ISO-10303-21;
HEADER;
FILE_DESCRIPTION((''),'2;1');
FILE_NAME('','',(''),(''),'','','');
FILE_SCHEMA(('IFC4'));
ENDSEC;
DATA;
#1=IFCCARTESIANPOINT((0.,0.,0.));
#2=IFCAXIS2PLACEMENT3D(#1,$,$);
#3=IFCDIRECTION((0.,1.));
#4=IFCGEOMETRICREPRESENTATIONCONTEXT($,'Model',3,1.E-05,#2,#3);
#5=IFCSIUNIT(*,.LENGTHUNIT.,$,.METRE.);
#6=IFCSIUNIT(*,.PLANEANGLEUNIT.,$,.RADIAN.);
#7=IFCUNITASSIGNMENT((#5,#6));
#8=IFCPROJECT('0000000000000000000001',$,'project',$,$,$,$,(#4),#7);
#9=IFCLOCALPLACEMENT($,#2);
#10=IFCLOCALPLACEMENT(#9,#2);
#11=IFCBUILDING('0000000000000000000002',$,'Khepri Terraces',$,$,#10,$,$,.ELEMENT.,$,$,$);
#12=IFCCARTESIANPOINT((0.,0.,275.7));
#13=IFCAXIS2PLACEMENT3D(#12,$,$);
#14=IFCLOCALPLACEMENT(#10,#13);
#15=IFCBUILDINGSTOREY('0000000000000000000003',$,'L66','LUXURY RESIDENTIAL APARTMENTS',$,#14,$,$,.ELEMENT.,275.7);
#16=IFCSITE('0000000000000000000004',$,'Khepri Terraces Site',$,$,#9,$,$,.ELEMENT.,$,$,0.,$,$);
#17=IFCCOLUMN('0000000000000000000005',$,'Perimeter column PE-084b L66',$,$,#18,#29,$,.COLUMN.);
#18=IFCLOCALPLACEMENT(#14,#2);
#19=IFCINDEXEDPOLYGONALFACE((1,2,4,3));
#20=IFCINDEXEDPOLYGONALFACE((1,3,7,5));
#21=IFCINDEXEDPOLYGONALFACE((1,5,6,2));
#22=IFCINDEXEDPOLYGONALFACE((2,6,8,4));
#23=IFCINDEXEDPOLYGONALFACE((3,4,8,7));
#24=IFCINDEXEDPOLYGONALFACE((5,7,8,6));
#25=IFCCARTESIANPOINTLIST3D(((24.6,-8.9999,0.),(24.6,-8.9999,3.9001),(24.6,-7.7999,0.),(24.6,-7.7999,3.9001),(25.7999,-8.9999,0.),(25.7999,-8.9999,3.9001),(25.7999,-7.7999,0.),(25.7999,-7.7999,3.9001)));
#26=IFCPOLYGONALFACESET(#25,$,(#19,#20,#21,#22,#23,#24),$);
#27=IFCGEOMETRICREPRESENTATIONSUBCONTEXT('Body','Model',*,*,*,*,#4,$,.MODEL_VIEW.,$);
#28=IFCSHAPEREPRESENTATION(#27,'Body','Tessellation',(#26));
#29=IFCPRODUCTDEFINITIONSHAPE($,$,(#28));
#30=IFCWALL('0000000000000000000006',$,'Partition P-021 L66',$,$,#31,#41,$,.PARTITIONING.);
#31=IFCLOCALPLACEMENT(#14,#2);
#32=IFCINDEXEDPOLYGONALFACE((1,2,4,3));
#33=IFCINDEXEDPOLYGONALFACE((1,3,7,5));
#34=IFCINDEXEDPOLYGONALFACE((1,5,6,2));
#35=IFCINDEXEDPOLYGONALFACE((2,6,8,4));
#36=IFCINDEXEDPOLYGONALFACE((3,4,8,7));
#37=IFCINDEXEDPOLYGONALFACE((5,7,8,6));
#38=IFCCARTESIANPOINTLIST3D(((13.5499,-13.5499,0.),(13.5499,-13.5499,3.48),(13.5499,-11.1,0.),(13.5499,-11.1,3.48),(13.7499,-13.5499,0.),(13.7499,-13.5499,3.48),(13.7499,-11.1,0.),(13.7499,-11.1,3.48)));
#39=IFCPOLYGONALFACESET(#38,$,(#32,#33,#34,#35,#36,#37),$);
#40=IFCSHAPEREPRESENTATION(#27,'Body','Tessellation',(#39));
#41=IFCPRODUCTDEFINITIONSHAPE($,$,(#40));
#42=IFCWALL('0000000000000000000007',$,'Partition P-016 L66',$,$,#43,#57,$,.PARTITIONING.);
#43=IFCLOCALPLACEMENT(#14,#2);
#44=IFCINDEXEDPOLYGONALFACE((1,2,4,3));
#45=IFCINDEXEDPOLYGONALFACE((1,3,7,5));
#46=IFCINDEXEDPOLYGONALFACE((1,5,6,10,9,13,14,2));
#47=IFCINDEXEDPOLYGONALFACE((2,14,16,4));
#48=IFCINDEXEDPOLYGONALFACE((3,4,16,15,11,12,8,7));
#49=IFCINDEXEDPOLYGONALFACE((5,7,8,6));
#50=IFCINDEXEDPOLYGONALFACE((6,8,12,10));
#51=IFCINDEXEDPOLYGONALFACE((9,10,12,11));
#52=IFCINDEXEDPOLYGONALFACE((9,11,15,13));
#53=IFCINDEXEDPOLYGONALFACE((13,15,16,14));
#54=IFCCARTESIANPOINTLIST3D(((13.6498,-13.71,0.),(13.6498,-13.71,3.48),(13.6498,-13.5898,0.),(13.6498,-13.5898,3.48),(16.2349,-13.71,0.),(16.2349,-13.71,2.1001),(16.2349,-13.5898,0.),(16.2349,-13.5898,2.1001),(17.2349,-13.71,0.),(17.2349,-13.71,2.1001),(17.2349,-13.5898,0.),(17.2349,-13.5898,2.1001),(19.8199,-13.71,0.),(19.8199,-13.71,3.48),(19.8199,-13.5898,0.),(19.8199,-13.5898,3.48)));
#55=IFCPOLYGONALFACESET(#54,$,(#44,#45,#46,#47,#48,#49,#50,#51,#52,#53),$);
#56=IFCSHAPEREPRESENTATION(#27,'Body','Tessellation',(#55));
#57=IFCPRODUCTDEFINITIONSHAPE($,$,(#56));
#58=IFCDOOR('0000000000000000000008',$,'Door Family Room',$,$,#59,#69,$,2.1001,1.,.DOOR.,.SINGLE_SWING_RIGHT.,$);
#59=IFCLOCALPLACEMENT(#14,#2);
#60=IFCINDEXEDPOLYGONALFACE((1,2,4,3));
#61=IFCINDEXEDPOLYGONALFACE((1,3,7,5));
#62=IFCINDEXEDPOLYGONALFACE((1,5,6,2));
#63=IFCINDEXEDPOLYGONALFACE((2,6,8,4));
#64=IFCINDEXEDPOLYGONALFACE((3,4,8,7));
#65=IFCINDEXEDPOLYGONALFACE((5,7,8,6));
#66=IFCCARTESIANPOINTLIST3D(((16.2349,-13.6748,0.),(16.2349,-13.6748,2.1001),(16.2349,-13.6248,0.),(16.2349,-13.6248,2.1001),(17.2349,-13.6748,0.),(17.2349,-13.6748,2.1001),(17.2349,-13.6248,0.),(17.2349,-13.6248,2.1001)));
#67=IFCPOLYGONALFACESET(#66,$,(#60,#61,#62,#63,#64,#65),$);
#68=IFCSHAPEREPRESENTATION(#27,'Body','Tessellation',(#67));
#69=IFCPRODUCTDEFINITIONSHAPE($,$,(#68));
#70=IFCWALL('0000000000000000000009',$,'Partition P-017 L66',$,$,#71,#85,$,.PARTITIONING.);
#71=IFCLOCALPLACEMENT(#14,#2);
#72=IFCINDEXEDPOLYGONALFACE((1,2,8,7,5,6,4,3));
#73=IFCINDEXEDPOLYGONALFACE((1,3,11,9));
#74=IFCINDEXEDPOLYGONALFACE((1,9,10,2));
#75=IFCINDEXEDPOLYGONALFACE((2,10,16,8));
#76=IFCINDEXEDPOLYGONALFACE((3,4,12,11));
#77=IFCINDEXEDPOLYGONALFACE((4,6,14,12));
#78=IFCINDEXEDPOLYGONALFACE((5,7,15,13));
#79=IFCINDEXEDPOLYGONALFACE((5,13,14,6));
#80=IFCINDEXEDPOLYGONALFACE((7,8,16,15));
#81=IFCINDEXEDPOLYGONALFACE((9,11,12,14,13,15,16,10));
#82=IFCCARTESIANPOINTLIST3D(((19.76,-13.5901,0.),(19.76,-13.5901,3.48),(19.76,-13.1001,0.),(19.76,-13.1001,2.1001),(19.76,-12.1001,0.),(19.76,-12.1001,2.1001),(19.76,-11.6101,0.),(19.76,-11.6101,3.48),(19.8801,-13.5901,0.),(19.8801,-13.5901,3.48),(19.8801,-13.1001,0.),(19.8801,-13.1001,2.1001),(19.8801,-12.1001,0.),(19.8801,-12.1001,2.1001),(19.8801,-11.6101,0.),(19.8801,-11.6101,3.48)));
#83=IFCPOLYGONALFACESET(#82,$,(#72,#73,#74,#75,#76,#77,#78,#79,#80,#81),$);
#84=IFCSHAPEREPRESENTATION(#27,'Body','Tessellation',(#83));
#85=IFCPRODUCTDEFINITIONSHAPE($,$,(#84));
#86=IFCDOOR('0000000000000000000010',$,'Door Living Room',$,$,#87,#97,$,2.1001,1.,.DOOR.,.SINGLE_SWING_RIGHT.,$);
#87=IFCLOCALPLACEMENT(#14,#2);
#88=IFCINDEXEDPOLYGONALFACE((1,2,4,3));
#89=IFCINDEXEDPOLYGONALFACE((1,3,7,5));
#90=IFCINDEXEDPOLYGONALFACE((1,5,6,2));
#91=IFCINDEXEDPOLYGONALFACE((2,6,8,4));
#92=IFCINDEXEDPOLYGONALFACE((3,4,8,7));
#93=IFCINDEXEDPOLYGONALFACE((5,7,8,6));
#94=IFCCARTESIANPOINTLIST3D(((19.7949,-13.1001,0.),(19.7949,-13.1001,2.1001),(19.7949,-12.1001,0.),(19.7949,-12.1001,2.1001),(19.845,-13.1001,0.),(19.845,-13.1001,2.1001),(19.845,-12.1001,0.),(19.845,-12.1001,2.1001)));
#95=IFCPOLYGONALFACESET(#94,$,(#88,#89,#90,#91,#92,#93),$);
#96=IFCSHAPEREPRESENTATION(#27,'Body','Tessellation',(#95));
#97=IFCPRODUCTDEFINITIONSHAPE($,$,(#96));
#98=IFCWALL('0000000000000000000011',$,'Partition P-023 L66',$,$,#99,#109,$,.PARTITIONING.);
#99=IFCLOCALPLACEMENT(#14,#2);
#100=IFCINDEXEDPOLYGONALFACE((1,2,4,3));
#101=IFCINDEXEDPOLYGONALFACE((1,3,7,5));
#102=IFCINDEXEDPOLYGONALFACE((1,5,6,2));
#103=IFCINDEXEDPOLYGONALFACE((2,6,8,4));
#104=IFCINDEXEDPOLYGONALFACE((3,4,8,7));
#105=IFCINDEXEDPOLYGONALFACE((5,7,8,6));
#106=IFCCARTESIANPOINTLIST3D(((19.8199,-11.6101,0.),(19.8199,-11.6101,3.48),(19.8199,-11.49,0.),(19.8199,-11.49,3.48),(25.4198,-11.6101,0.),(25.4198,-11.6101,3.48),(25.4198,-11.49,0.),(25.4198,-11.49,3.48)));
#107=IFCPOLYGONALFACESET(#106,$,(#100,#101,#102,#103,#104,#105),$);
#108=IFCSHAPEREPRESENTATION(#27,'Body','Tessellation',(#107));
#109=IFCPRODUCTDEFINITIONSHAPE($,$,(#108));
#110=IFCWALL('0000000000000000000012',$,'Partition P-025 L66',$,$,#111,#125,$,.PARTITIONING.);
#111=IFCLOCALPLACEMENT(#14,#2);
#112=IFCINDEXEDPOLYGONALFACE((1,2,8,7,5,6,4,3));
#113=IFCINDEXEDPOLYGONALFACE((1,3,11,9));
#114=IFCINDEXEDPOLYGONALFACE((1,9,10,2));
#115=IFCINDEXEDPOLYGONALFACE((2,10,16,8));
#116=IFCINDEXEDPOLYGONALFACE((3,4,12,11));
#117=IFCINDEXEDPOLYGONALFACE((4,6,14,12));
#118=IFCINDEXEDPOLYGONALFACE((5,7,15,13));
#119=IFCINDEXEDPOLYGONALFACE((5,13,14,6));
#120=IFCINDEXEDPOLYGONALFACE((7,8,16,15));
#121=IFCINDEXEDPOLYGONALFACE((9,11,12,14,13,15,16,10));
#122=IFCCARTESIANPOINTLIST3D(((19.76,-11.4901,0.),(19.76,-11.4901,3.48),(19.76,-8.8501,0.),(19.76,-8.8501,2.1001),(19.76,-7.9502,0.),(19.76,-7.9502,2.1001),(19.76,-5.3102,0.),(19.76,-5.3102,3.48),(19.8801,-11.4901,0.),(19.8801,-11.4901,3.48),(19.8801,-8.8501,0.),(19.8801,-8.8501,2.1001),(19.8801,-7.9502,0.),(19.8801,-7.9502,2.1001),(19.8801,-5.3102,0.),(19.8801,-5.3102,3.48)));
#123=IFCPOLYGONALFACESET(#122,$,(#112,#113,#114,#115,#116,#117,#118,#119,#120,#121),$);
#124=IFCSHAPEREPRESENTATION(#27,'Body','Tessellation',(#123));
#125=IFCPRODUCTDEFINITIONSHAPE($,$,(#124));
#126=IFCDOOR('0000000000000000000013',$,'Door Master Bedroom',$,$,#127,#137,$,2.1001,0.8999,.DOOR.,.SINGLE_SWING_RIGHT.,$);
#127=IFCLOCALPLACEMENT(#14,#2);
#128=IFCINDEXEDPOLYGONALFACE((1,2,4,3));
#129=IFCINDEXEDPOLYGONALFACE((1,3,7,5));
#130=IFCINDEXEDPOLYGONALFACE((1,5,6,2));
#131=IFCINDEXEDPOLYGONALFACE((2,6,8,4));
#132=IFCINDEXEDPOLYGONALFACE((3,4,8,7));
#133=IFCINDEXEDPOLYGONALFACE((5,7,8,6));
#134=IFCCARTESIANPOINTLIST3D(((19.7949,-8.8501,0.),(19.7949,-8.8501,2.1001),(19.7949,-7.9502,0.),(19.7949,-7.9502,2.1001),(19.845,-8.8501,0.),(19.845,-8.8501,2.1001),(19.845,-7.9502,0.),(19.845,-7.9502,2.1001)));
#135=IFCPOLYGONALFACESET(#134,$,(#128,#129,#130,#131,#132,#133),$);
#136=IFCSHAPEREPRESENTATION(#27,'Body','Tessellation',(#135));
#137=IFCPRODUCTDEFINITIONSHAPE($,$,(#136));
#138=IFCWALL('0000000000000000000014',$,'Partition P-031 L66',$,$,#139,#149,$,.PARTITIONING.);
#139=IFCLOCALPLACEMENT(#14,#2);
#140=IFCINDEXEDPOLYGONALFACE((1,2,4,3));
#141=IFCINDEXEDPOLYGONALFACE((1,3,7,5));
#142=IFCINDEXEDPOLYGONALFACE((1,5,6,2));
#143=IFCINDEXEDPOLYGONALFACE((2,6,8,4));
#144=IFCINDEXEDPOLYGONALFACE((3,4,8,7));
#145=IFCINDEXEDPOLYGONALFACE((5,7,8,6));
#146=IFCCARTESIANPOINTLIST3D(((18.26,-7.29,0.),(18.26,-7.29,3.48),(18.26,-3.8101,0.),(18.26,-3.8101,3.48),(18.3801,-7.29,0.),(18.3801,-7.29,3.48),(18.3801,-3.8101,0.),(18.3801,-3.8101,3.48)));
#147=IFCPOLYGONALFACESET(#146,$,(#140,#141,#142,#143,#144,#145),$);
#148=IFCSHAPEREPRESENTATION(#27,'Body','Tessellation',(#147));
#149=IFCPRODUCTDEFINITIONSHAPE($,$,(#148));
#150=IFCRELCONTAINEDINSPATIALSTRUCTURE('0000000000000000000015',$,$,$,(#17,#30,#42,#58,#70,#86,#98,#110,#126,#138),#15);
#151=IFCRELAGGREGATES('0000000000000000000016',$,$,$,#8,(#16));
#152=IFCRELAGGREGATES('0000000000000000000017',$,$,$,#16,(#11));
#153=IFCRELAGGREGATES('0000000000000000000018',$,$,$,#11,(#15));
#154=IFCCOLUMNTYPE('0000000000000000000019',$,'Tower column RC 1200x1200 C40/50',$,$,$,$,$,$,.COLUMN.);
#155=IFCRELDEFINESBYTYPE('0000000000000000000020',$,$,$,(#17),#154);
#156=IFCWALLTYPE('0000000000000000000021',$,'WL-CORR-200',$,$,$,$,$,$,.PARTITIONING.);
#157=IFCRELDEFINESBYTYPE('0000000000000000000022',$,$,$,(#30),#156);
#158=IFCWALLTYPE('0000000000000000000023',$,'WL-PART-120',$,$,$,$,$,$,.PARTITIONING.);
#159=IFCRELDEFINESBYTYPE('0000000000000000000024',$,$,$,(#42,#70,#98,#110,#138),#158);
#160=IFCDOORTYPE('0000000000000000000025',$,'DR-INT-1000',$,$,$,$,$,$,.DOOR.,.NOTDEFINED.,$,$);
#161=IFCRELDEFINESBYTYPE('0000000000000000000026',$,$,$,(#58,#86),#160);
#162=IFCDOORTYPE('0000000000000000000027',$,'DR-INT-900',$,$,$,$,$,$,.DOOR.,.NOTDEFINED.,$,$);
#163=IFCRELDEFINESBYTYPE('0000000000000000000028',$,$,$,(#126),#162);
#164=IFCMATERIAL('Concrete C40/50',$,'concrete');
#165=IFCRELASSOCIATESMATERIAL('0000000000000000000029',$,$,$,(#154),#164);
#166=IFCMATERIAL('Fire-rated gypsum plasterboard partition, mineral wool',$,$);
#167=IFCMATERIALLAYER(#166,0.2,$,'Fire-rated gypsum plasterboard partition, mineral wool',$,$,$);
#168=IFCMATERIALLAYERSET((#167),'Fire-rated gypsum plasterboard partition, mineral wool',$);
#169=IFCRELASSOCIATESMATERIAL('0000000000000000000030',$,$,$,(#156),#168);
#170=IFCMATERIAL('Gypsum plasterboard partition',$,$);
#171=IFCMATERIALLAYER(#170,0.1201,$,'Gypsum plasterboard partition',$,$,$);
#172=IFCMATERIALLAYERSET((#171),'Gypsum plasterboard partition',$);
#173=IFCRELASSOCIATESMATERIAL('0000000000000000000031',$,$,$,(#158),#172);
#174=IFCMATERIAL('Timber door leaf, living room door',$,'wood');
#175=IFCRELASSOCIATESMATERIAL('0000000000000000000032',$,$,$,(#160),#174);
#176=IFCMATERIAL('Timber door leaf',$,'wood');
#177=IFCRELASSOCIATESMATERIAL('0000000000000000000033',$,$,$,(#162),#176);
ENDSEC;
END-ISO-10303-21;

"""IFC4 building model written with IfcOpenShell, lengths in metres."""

from ifc_helpers import new_model, si_unit, direction, frame, frame_2d, origin, origin_2d, place, context, subcontext, project, spatial, rectangle, extrude, material, layer, layer_set, material_profile, profile_set, type_object, element, fill, save


model = new_model("IFC4")

# Units and contexts
model_context = context("Model", 3, precision=1e-05, world=origin(), true_north=direction((0.0, 1.0)))
body_context = subcontext(model_context, "Body", "Model", "MODEL_VIEW")
ifc_project = project(units=[si_unit("LENGTHUNIT", "METRE"), si_unit("PLANEANGLEUNIT", "RADIAN")], contexts=[model_context])

# Site, building, storey
site_placement = place(None, origin())
site = spatial("IfcSite", under=ifc_project, at=site_placement, Name="Khepri Terraces Site", CompositionType="ELEMENT", RefElevation=0.0)
building_placement = place(site_placement, origin())
building = spatial("IfcBuilding", under=site, at=building_placement, Name="Khepri Terraces", CompositionType="ELEMENT")
storey_placement = place(building_placement, frame((0.0, 0.0, 275.7)))
storey = spatial("IfcBuildingStorey", under=building, at=storey_placement, Name="L66", Description="LUXURY RESIDENTIAL APARTMENTS", CompositionType="ELEMENT", Elevation=275.7)

# Column
ifc_material_1 = material(Name="Concrete C40/50", Category="concrete")
ifc_material_profile = material_profile(ifc_material_1, rectangle(XDim=1.2, YDim=1.2, at=origin_2d()), Name="Concrete C40/50", Category="concrete")
ifc_profile_set = profile_set([ifc_material_profile], Name="Concrete C40/50")
column_type = type_object("IfcColumnType", Name="Tower column RC 1200x1200 C40/50", PredefinedType="COLUMN", material=ifc_profile_set)
column_placement = place(storey_placement, frame((25.2, -8.3999, 0.0), z_axis=(0.0, 0.0, 1.0), x_axis=(1.0, 0.0, 0.0)))
element("IfcColumn", 1, at=column_placement, inside=storey, type_object=column_type, Name="Perimeter column PE-084b L66", PredefinedType="COLUMN", context=body_context, shape_type="SweptSolid", body=[
    extrude(rectangle(XDim=1.2, YDim=1.2, at=origin_2d()), origin(), (0.0, 0.0, 1.0), 3.9001),
])

# Wall
ifc_material_2 = material(Name="Fire-rated gypsum plasterboard partition, mineral wool")
ifc_layer_1 = layer(ifc_material_2, 0.2, Name="Fire-rated gypsum plasterboard partition, mineral wool")
ifc_layer_set_1 = layer_set([ifc_layer_1], Name="Fire-rated gypsum plasterboard partition, mineral wool")
wall_type_1 = type_object("IfcWallType", Name="WL-CORR-200", PredefinedType="PARTITIONING", material=ifc_layer_set_1)
wall_1_placement = place(storey_placement, frame((13.6499, -13.55, 0.0), z_axis=(0.0, 0.0, 1.0), x_axis=(0.0, 1.0, 0.0)))
element("IfcWall", 2, at=wall_1_placement, inside=storey, type_object=wall_type_1, Name="Partition P-021 L66", PredefinedType="PARTITIONING", context=body_context, shape_type="SweptSolid", body=[
    extrude(rectangle(XDim=2.45, YDim=0.2, at=frame_2d((1.2251, 0.0))), origin(), (0.0, 0.0, 1.0), 3.48),
])

# Walls, openings, doors
ifc_material_3 = material(Name="Gypsum plasterboard partition")
ifc_layer_2 = layer(ifc_material_3, 0.1201, Name="Gypsum plasterboard partition")
ifc_layer_set_2 = layer_set([ifc_layer_2], Name="Gypsum plasterboard partition")
wall_type_2 = type_object("IfcWallType", Name="WL-PART-120", PredefinedType="PARTITIONING", material=ifc_layer_set_2)
wall_2_placement = place(storey_placement, frame((13.6499, -13.6499, 0.0), z_axis=(0.0, 0.0, 1.0), x_axis=(1.0, 0.0, 0.0)))
wall_2 = element("IfcWall", 3, at=wall_2_placement, inside=storey, type_object=wall_type_2, Name="Partition P-016 L66", PredefinedType="PARTITIONING", context=body_context, shape_type="SweptSolid", body=[
    extrude(rectangle(XDim=6.1702, YDim=0.1201, at=frame_2d((3.085, 0.0))), origin(), (0.0, 0.0, 1.0), 3.48),
])
opening_1_placement = place(wall_2_placement, frame((2.585, 0.0, 0.0)))
opening_1 = element("IfcOpeningElement", 4, at=opening_1_placement, cuts=wall_2, PredefinedType="OPENING", context=body_context, shape_type="SweptSolid", body=[
    extrude(rectangle(XDim=1.0, YDim=2.1001, at=frame_2d((0.5, 1.05))), frame((0.0, 0.0701, 0.0), z_axis=(0.0, -1.0, 0.0), x_axis=(1.0, 0.0, 0.0)), (0.0, 0.0, 1.0), 0.1401),
])
ifc_material_4 = material(Name="Timber door leaf, living room door", Category="wood")
door_type_1 = type_object("IfcDoorType", Name="DR-INT-1000", OperationType="NOTDEFINED", PredefinedType="DOOR", material=ifc_material_4)
door_1_placement = place(opening_1_placement, frame((1.0, 0.0, 0.0), z_axis=(0.0, 0.0, 1.0), x_axis=(-1.0, 0.0, 0.0)))
door_1 = element("IfcDoor", 5, at=door_1_placement, inside=storey, type_object=door_type_1, Name="Door Family Room", OperationType="SINGLE_SWING_RIGHT", OverallHeight=2.1001, OverallWidth=1.0, PredefinedType="DOOR", context=body_context, shape_type="SweptSolid", body=[
    extrude(rectangle(XDim=1.0, YDim=2.1001, at=frame_2d((0.5, 1.05))), frame((0.0, 0.0249, 0.0), z_axis=(0.0, -1.0, 0.0), x_axis=(1.0, 0.0, 0.0)), (0.0, 0.0, 1.0), 0.05),
])
fill(opening_1, door_1)
wall_3_placement = place(storey_placement, frame((19.8201, -13.5901, 0.0), z_axis=(0.0, 0.0, 1.0), x_axis=(0.0, 1.0, 0.0)))
wall_3 = element("IfcWall", 6, at=wall_3_placement, inside=storey, type_object=wall_type_2, Name="Partition P-017 L66", PredefinedType="PARTITIONING", context=body_context, shape_type="SweptSolid", body=[
    extrude(rectangle(XDim=1.98, YDim=0.1201, at=frame_2d((0.99, 0.0))), origin(), (0.0, 0.0, 1.0), 3.48),
])
opening_2_placement = place(wall_3_placement, frame((0.49, 0.0, 0.0)))
opening_2 = element("IfcOpeningElement", 7, at=opening_2_placement, cuts=wall_3, PredefinedType="OPENING", context=body_context, shape_type="SweptSolid", body=[
    extrude(rectangle(XDim=1.0, YDim=2.1001, at=frame_2d((0.5, 1.05))), frame((0.0, 0.0701, 0.0), z_axis=(0.0, -1.0, 0.0), x_axis=(1.0, 0.0, 0.0)), (0.0, 0.0, 1.0), 0.1401),
])
door_2_placement = place(opening_2_placement, frame((1.0, 0.0, 0.0), z_axis=(0.0, 0.0, 1.0), x_axis=(-1.0, 0.0, 0.0)))
door_2 = element("IfcDoor", 8, at=door_2_placement, inside=storey, type_object=door_type_1, Name="Door Living Room", OperationType="SINGLE_SWING_RIGHT", OverallHeight=2.1001, OverallWidth=1.0, PredefinedType="DOOR", context=body_context, shape_type="SweptSolid", body=[
    extrude(rectangle(XDim=1.0, YDim=2.1001, at=frame_2d((0.5, 1.05))), frame((0.0, 0.0249, 0.0), z_axis=(0.0, -1.0, 0.0), x_axis=(1.0, 0.0, 0.0)), (0.0, 0.0, 1.0), 0.05),
])
fill(opening_2, door_2)

# Wall
wall_4_placement = place(storey_placement, frame((19.8201, -11.55, 0.0), z_axis=(0.0, 0.0, 1.0), x_axis=(1.0, 0.0, 0.0)))
element("IfcWall", 9, at=wall_4_placement, inside=storey, type_object=wall_type_2, Name="Partition P-023 L66", PredefinedType="PARTITIONING", context=body_context, shape_type="SweptSolid", body=[
    extrude(rectangle(XDim=5.5999, YDim=0.1201, at=frame_2d((2.7998, 0.0))), origin(), (0.0, 0.0, 1.0), 3.48),
])

# Wall, opening, door
wall_5_placement = place(storey_placement, frame((19.8201, -11.49, 0.0), z_axis=(0.0, 0.0, 1.0), x_axis=(0.0, 1.0, 0.0)))
wall_5 = element("IfcWall", 10, at=wall_5_placement, inside=storey, type_object=wall_type_2, Name="Partition P-025 L66", PredefinedType="PARTITIONING", context=body_context, shape_type="SweptSolid", body=[
    extrude(rectangle(XDim=6.1799, YDim=0.1201, at=frame_2d((3.0898, 0.0))), origin(), (0.0, 0.0, 1.0), 3.48),
])
opening_3_placement = place(wall_5_placement, frame((2.6399, 0.0, 0.0)))
opening_3 = element("IfcOpeningElement", 11, at=opening_3_placement, cuts=wall_5, PredefinedType="OPENING", context=body_context, shape_type="SweptSolid", body=[
    extrude(rectangle(XDim=0.8999, YDim=2.1001, at=frame_2d((0.45, 1.05))), frame((0.0, 0.0701, 0.0), z_axis=(0.0, -1.0, 0.0), x_axis=(1.0, 0.0, 0.0)), (0.0, 0.0, 1.0), 0.1401),
])
ifc_material_5 = material(Name="Timber door leaf", Category="wood")
door_type_2 = type_object("IfcDoorType", Name="DR-INT-900", OperationType="NOTDEFINED", PredefinedType="DOOR", material=ifc_material_5)
door_3_placement = place(opening_3_placement, frame((0.8999, 0.0, 0.0), z_axis=(0.0, 0.0, 1.0), x_axis=(-1.0, 0.0, 0.0)))
door_3 = element("IfcDoor", 12, at=door_3_placement, inside=storey, type_object=door_type_2, Name="Door Master Bedroom", OperationType="SINGLE_SWING_RIGHT", OverallHeight=2.1001, OverallWidth=0.8999, PredefinedType="DOOR", context=body_context, shape_type="SweptSolid", body=[
    extrude(rectangle(XDim=0.8999, YDim=2.1001, at=frame_2d((0.45, 1.05))), frame((0.0, 0.0249, 0.0), z_axis=(0.0, -1.0, 0.0), x_axis=(1.0, 0.0, 0.0)), (0.0, 0.0, 1.0), 0.05),
])
fill(opening_3, door_3)

# Wall
wall_6_placement = place(storey_placement, frame((18.3201, -7.29, 0.0), z_axis=(0.0, 0.0, 1.0), x_axis=(0.0, 1.0, 0.0)))
element("IfcWall", 13, at=wall_6_placement, inside=storey, type_object=wall_type_2, Name="Partition P-031 L66", PredefinedType="PARTITIONING", context=body_context, shape_type="SweptSolid", body=[
    extrude(rectangle(XDim=3.48, YDim=0.1201, at=frame_2d((1.74, 0.0))), origin(), (0.0, 0.0, 1.0), 3.48),
])

save(model, "model.ifc")
